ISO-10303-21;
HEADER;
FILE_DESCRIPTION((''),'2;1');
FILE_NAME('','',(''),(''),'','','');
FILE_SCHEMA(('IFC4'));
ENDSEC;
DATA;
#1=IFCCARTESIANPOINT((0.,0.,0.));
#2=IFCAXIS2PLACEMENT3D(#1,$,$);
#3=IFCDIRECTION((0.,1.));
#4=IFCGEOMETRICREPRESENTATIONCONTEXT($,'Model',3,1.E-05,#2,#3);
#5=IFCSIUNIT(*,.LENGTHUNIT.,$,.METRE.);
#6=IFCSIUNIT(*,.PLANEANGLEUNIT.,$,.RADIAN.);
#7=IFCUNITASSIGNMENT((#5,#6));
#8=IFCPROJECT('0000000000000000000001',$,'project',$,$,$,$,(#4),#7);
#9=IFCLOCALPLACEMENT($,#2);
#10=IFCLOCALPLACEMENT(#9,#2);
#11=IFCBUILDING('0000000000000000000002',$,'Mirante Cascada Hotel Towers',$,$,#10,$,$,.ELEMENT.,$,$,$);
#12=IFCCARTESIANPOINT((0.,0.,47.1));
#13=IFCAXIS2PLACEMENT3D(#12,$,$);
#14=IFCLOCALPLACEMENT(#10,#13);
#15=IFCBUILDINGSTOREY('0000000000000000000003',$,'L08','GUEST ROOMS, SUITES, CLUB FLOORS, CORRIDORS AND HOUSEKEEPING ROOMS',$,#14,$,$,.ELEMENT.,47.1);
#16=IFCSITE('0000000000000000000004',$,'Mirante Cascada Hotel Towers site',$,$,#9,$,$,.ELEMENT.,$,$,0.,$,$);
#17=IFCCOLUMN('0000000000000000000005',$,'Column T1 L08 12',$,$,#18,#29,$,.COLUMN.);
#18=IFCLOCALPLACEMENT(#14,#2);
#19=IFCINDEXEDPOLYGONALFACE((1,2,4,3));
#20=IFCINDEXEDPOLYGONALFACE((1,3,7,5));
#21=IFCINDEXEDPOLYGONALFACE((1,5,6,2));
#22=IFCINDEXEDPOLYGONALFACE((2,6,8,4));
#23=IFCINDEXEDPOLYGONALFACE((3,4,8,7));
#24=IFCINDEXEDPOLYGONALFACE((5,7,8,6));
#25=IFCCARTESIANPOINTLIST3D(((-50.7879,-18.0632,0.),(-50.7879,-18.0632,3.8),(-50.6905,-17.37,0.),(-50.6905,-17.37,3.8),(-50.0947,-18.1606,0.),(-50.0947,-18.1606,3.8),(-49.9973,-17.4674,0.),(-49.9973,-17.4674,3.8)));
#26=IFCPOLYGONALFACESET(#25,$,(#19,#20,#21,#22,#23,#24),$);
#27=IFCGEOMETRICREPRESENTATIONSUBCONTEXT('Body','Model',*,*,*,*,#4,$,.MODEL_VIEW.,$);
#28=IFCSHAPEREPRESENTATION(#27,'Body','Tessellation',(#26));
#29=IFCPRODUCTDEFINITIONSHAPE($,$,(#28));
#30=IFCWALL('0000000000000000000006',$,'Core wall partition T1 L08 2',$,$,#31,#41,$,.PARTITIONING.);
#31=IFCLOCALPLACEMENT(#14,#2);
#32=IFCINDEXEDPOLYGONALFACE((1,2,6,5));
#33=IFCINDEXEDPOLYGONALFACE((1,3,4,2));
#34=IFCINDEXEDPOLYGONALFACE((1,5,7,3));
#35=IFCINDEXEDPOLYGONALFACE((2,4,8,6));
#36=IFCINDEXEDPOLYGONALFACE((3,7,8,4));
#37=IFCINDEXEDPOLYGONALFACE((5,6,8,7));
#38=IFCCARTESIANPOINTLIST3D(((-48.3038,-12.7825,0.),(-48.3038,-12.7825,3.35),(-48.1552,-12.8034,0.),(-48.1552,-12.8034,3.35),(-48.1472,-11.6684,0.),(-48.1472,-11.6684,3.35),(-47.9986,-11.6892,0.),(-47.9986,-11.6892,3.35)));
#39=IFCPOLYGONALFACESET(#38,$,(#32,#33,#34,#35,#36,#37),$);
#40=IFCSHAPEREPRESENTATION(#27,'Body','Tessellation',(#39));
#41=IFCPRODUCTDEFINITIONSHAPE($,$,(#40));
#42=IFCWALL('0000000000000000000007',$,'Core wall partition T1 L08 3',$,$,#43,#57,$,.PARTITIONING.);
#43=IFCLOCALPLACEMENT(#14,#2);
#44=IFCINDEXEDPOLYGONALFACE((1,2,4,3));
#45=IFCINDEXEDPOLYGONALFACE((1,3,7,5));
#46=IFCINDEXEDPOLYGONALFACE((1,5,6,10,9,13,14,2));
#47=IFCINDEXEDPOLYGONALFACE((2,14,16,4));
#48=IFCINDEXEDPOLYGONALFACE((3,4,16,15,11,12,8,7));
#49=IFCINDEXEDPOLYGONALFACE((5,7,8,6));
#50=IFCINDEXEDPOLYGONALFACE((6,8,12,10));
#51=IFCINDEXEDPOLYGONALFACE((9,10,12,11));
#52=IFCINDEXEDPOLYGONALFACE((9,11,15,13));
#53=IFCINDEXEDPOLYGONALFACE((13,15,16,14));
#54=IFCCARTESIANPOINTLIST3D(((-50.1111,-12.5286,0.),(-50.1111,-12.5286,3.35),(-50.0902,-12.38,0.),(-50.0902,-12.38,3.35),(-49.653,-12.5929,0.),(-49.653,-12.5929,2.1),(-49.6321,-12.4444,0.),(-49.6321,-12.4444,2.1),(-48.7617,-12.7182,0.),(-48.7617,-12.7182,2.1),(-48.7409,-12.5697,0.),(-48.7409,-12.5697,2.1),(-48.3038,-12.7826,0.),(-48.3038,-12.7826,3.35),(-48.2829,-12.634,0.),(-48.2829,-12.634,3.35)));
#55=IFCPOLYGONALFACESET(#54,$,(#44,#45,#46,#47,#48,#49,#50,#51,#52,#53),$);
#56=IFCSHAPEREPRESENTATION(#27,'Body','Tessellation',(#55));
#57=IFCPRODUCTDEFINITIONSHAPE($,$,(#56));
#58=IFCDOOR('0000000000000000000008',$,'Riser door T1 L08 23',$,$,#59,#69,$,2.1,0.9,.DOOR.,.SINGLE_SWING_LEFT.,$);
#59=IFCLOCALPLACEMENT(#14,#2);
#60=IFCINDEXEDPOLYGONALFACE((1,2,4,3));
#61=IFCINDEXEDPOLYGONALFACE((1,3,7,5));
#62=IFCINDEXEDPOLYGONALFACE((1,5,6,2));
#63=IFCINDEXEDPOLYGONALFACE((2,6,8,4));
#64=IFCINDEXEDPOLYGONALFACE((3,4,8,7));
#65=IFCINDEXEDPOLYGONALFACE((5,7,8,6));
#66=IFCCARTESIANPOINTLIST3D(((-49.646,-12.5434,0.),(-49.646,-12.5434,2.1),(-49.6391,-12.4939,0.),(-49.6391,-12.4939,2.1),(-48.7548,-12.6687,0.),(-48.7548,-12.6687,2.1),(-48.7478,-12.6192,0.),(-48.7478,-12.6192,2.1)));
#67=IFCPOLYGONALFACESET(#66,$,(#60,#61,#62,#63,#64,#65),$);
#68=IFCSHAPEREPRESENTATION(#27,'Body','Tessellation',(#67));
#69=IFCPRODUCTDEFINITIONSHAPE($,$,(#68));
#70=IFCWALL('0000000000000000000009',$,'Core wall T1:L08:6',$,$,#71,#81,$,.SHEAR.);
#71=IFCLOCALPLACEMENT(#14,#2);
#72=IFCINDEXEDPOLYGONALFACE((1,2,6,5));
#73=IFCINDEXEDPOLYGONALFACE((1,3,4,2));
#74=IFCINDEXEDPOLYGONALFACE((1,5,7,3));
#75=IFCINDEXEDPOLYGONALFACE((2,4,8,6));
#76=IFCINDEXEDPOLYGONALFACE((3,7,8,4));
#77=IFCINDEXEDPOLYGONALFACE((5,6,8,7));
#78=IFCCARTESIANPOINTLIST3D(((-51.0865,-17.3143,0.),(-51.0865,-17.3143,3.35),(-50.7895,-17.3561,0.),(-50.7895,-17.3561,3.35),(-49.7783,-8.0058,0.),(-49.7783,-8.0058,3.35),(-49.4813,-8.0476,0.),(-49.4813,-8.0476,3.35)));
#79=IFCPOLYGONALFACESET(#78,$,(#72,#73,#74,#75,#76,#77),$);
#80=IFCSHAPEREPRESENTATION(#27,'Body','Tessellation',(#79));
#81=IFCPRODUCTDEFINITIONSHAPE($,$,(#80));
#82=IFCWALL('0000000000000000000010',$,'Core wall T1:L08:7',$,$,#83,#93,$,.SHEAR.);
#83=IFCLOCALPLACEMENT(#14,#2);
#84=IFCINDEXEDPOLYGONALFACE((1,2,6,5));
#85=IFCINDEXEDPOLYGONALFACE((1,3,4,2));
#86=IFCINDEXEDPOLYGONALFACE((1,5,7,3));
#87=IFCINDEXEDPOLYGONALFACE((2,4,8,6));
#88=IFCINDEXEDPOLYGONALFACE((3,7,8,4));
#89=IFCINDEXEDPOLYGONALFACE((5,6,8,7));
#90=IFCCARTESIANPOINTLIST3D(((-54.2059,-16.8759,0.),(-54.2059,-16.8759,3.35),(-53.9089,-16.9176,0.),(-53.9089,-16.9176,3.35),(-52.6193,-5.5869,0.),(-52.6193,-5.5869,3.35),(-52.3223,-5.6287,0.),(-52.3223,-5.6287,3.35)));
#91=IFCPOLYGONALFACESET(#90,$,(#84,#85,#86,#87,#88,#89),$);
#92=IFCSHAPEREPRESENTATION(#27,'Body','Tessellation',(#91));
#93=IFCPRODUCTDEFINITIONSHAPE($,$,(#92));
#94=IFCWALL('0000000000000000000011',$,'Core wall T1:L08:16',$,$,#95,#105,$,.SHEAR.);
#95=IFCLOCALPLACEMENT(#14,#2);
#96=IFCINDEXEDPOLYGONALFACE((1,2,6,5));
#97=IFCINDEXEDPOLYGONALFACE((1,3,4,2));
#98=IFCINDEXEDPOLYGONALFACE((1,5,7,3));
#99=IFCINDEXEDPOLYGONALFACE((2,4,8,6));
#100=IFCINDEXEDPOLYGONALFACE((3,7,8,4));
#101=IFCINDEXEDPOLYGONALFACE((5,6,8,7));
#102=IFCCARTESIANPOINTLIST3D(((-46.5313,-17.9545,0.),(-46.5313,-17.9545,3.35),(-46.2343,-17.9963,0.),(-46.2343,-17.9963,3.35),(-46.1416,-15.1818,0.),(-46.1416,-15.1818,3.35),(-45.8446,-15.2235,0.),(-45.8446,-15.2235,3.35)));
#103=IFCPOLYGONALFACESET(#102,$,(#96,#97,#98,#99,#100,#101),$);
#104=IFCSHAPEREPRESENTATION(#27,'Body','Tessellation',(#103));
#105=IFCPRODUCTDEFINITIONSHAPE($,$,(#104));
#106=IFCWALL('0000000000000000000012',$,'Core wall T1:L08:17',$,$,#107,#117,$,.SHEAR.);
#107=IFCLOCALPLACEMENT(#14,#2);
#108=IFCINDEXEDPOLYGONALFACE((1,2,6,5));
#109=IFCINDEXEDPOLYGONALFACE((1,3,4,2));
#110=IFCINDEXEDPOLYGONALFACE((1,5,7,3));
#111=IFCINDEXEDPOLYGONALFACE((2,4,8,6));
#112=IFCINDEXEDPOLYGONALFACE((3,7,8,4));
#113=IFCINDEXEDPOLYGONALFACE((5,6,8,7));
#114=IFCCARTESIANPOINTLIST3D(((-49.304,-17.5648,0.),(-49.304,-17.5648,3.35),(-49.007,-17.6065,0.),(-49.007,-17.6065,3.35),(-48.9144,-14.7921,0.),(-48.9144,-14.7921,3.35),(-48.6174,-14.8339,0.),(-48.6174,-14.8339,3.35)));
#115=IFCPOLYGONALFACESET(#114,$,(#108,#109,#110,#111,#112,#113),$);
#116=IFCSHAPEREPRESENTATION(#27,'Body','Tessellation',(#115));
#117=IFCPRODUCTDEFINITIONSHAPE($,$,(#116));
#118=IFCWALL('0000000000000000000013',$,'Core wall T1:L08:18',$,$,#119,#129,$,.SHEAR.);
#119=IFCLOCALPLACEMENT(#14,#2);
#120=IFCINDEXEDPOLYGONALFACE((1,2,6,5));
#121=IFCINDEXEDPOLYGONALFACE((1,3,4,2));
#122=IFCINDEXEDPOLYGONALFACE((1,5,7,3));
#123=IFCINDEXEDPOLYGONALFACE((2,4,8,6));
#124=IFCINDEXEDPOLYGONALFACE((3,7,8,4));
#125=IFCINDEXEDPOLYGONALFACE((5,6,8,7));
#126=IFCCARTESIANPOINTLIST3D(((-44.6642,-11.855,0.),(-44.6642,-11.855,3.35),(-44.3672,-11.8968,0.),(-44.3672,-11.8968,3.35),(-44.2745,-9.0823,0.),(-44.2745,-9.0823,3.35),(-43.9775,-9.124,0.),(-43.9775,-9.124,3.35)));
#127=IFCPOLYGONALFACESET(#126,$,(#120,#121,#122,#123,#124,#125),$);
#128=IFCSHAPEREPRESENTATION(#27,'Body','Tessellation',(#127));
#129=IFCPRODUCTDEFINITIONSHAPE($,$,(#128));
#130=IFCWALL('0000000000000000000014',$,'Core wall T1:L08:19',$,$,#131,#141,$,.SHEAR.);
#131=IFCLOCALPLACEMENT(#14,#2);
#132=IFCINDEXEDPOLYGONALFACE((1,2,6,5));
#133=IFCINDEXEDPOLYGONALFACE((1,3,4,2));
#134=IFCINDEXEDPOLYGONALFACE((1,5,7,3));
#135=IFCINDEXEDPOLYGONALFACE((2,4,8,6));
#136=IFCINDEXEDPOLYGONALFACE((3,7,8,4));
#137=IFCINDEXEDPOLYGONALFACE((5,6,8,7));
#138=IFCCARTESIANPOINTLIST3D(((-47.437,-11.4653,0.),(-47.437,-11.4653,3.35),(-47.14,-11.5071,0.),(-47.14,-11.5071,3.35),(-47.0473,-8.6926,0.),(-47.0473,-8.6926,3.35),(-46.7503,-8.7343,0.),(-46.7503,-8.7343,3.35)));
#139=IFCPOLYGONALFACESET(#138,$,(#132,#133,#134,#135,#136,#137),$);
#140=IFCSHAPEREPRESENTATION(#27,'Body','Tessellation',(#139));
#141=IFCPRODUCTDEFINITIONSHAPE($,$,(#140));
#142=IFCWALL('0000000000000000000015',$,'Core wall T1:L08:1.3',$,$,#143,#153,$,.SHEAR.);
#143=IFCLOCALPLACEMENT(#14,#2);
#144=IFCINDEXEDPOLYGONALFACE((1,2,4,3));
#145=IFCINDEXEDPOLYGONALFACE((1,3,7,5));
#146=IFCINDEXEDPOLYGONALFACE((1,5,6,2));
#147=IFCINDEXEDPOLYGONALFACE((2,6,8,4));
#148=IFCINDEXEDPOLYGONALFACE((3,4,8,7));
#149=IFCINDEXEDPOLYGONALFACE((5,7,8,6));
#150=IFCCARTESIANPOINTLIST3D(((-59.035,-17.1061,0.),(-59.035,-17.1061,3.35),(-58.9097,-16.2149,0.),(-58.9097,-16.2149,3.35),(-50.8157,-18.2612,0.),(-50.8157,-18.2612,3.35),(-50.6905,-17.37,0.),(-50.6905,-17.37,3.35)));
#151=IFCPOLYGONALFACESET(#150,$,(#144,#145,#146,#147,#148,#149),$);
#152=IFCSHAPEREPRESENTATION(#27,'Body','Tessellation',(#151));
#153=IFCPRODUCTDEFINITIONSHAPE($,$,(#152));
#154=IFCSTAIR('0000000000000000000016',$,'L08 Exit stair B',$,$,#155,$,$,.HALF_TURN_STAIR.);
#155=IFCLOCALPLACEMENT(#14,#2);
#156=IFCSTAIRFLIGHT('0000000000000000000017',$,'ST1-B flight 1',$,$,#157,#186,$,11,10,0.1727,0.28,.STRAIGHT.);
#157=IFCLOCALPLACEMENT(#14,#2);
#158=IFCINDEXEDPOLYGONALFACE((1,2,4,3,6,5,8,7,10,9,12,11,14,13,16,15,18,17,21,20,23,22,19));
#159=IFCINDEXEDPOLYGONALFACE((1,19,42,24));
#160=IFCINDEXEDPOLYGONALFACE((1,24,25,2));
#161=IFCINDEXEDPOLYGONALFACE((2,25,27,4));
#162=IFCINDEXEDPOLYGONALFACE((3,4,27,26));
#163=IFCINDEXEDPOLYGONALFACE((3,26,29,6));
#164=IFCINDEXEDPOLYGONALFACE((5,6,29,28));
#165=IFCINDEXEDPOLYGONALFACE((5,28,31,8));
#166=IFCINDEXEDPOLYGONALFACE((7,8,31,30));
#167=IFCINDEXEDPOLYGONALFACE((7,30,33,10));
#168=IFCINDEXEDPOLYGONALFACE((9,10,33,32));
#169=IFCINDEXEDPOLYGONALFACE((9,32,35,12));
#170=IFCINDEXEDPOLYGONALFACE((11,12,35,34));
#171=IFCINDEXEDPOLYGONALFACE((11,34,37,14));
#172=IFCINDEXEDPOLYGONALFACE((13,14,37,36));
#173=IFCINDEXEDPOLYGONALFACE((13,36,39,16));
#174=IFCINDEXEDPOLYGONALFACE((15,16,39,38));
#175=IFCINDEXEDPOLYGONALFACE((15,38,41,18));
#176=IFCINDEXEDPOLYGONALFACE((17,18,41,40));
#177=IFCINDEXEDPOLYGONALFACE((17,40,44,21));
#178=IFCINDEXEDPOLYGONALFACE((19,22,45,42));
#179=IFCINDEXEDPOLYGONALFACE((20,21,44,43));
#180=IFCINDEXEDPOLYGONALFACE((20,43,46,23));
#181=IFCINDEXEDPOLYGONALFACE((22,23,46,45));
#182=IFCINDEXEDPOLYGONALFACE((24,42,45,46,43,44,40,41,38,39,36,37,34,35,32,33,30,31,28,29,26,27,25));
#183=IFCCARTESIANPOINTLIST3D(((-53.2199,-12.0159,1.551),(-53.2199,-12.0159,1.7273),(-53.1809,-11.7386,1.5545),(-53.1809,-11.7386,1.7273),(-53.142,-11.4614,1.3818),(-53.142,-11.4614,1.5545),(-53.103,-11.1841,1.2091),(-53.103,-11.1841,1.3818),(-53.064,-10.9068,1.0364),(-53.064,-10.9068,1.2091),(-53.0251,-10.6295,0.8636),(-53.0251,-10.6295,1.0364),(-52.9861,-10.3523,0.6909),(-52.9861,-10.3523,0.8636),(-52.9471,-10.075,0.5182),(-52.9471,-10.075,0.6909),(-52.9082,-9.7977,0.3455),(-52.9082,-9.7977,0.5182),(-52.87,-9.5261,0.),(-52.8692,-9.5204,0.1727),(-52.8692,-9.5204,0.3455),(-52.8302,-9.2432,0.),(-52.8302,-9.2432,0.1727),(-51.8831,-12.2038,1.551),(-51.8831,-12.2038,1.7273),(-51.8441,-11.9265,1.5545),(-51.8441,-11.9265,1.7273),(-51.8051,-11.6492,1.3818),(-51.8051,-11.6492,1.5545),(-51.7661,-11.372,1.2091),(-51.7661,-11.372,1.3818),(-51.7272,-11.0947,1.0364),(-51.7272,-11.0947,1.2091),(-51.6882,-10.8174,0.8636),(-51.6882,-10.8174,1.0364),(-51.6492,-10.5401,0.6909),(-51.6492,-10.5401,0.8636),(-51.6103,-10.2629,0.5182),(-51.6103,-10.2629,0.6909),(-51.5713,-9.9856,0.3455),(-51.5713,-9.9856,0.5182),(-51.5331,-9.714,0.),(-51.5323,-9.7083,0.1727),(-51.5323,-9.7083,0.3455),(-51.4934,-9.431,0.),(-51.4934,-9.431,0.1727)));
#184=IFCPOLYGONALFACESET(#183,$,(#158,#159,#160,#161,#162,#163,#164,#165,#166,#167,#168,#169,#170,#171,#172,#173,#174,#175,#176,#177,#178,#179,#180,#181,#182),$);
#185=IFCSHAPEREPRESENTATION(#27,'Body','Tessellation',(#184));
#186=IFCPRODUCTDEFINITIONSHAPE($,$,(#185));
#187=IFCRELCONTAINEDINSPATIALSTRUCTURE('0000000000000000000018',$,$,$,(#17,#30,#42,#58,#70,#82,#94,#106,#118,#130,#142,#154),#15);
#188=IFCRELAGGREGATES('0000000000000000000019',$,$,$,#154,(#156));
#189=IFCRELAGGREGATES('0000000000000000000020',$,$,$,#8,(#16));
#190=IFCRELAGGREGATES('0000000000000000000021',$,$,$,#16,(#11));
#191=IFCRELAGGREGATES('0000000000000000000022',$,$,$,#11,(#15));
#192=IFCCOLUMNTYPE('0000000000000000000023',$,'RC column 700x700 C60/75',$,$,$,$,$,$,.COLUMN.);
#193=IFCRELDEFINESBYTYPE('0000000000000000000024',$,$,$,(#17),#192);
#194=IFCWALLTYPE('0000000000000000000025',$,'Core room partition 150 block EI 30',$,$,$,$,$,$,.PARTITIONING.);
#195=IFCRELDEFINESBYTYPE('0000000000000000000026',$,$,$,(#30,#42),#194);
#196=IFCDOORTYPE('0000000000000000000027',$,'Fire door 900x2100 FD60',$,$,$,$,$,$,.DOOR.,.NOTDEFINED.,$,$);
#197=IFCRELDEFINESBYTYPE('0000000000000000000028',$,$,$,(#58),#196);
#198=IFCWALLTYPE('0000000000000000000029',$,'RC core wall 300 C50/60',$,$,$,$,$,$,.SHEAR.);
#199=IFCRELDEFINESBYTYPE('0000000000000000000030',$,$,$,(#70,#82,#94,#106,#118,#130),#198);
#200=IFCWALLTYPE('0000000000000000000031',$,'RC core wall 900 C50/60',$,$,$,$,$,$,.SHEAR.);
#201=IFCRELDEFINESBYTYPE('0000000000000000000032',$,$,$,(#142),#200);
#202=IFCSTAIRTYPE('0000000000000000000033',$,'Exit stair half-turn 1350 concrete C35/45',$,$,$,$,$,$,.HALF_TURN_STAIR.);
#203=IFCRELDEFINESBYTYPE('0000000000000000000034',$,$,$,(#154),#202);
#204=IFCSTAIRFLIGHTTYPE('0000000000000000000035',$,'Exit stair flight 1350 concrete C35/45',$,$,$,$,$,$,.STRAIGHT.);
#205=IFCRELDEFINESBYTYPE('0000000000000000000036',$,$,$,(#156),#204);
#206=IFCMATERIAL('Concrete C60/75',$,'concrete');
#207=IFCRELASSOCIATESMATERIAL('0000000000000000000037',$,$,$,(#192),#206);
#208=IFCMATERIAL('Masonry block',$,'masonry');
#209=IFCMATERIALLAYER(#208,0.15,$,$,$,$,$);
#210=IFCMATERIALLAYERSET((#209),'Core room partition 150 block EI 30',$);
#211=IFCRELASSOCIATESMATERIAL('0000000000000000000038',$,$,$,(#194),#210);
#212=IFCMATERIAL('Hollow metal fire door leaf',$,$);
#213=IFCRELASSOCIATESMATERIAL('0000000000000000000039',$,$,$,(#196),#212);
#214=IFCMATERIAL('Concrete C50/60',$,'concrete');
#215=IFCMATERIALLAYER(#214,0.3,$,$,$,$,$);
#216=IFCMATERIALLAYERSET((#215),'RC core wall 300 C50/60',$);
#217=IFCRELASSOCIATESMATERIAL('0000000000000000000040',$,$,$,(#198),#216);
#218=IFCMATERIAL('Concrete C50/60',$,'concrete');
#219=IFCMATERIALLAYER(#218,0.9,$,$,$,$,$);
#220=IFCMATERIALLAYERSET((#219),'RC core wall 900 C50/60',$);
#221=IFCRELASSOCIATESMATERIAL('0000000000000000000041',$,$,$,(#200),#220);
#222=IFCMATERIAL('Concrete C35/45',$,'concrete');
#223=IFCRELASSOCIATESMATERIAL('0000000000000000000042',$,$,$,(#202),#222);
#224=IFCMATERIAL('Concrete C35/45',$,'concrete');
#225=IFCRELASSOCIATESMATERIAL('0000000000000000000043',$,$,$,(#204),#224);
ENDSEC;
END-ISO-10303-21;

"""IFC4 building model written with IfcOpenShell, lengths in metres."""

from ifc_helpers import new_model, si_unit, direction, frame, frame_2d, origin, origin_2d, place, context, subcontext, project, spatial, polyline, rectangle, outline, extrude, material, layer, layer_set, material_profile, profile_set, type_object, element, fill, aggregate, save


model = new_model("IFC4")

# Units and contexts
model_context = context("Model", 3, precision=1e-05, world=origin(), true_north=direction((0.0, 1.0)))
body_context = subcontext(model_context, "Body", "Model", "MODEL_VIEW")
ifc_project = project(units=[si_unit("LENGTHUNIT", "METRE"), si_unit("PLANEANGLEUNIT", "RADIAN")], contexts=[model_context])

# Site, building, storey
site_placement = place(None, origin())
site = spatial("IfcSite", under=ifc_project, at=site_placement, Name="Mirante Cascada Hotel Towers site", CompositionType="ELEMENT", RefElevation=0.0)
building_placement = place(site_placement, origin())
building = spatial("IfcBuilding", under=site, at=building_placement, Name="Mirante Cascada Hotel Towers", CompositionType="ELEMENT")
storey_placement = place(building_placement, frame((0.0, 0.0, 47.1)))
storey = spatial("IfcBuildingStorey", under=building, at=storey_placement, Name="L08", Description="GUEST ROOMS, SUITES, CLUB FLOORS, CORRIDORS AND HOUSEKEEPING ROOMS", CompositionType="ELEMENT", Elevation=47.1)

# Column
ifc_material_1 = material(Name="Concrete C60/75", Category="concrete")
ifc_material_profile = material_profile(ifc_material_1, rectangle(XDim=0.7, YDim=0.7, at=origin_2d()), Name="RC column 700x700 C60/75")
ifc_profile_set = profile_set([ifc_material_profile], Name="Concrete C60/75")
column_type = type_object("IfcColumnType", Name="RC column 700x700 C60/75", PredefinedType="COLUMN", material=ifc_profile_set)
column_placement = place(storey_placement, frame((-50.3926, -17.7653, 0.0), z_axis=(0.0, 0.0, 1.0), x_axis=(-0.990268, 0.139173, 0.0)))
element("IfcColumn", 1, at=column_placement, inside=storey, type_object=column_type, Name="Column T1 L08 12", PredefinedType="COLUMN", context=body_context, shape_type="SweptSolid", body=[
    extrude(rectangle(XDim=0.7, YDim=0.7, at=origin_2d()), origin(), (0.0, 0.0, 1.0), 3.8),
])

# Wall
ifc_material_2 = material(Name="Masonry block", Category="masonry")
ifc_layer_1 = layer(ifc_material_2, 0.15)
ifc_layer_set_1 = layer_set([ifc_layer_1], Name="Core room partition 150 block EI 30")
wall_type_1 = type_object("IfcWallType", Name="Core room partition 150 block EI 30", PredefinedType="PARTITIONING", material=ifc_layer_set_1)
wall_1_placement = place(storey_placement, frame((-48.2295, -12.793, 0.0), z_axis=(0.0, 0.0, 1.0), x_axis=(0.139193, 0.990265, 0.0)))
element("IfcWall", 2, at=wall_1_placement, inside=storey, type_object=wall_type_1, Name="Core wall partition T1 L08 2", PredefinedType="PARTITIONING", context=body_context, shape_type="SweptSolid", body=[
    extrude(rectangle(XDim=1.1251, YDim=0.15, at=frame_2d((0.5626, 0.0))), origin(), (0.0, 0.0, 1.0), 3.35),
])

# Wall, opening, door
wall_2_placement = place(storey_placement, frame((-48.2933, -12.7083, 0.0), z_axis=(0.0, 0.0, 1.0), x_axis=(-0.990268, 0.139173, 0.0)))
wall_2 = element("IfcWall", 3, at=wall_2_placement, inside=storey, type_object=wall_type_1, Name="Core wall partition T1 L08 3", PredefinedType="PARTITIONING", context=body_context, shape_type="SweptSolid", body=[
    extrude(rectangle(XDim=1.8251, YDim=0.15, at=frame_2d((0.9126, 0.0))), origin(), (0.0, 0.0, 1.0), 3.35),
])
opening_1_placement = place(wall_2_placement, frame((0.4625, 0.0, 0.0)))
opening_1 = element("IfcOpeningElement", 4, at=opening_1_placement, cuts=wall_2, PredefinedType="OPENING", context=body_context, shape_type="SweptSolid", body=[
    extrude(rectangle(XDim=0.9, YDim=2.1, at=frame_2d((0.45, 1.05))), frame((0.0, 0.075, 0.0), z_axis=(0.0, -1.0, 0.0), x_axis=(1.0, 0.0, 0.0)), (0.0, 0.0, 1.0), 0.15),
])
ifc_material_3 = material(Name="Hollow metal fire door leaf")
door_type_1 = type_object("IfcDoorType", Name="Fire door 900x2100 FD60", OperationType="NOTDEFINED", PredefinedType="DOOR", material=ifc_material_3)
door_1_placement = place(opening_1_placement, origin())
door_1 = element("IfcDoor", 5, at=door_1_placement, inside=storey, type_object=door_type_1, Name="Riser door T1 L08 23", OperationType="SINGLE_SWING_LEFT", OverallHeight=2.1, OverallWidth=0.9, PredefinedType="DOOR", context=body_context, shape_type="SweptSolid", body=[
    extrude(rectangle(XDim=0.9, YDim=2.1, at=frame_2d((0.45, 1.05))), frame((0.0, 0.025, 0.0), z_axis=(0.0, -1.0, 0.0), x_axis=(1.0, 0.0, 0.0)), (0.0, 0.0, 1.0), 0.05),
])
fill(opening_1, door_1)

# Walls
ifc_material_4 = material(Name="Concrete C50/60", Category="concrete")
ifc_layer_2 = layer(ifc_material_4, 0.3)
ifc_layer_set_2 = layer_set([ifc_layer_2], Name="RC core wall 300 C50/60")
wall_type_2 = type_object("IfcWallType", Name="RC core wall 300 C50/60", PredefinedType="SHEAR", material=ifc_layer_set_2)
wall_3_placement = place(storey_placement, frame((-50.938, -17.3352, 0.0), z_axis=(0.0, 0.0, 1.0), x_axis=(0.139171, 0.990268, 0.0)))
element("IfcWall", 6, at=wall_3_placement, inside=storey, type_object=wall_type_2, Name="Core wall T1:L08:6", PredefinedType="SHEAR", context=body_context, shape_type="SweptSolid", body=[
    extrude(rectangle(XDim=9.4, YDim=0.3, at=frame_2d((4.7, 0.0))), origin(), (0.0, 0.0, 1.0), 3.35),
])
wall_4_placement = place(storey_placement, frame((-54.0574, -16.8968, 0.0), z_axis=(0.0, 0.0, 1.0), x_axis=(0.139176, 0.990268, 0.0)))
element("IfcWall", 7, at=wall_4_placement, inside=storey, type_object=wall_type_2, Name="Core wall T1:L08:7", PredefinedType="SHEAR", context=body_context, shape_type="SweptSolid", body=[
    extrude(rectangle(XDim=11.3999, YDim=0.3, at=frame_2d((5.7, 0.0))), origin(), (0.0, 0.0, 1.0), 3.35),
])
wall_5_placement = place(storey_placement, frame((-46.3828, -17.9754, 0.0), z_axis=(0.0, 0.0, 1.0), x_axis=(0.139181, 0.990267, 0.0)))
element("IfcWall", 8, at=wall_5_placement, inside=storey, type_object=wall_type_2, Name="Core wall T1:L08:16", PredefinedType="SHEAR", context=body_context, shape_type="SweptSolid", body=[
    extrude(rectangle(XDim=2.8, YDim=0.3, at=frame_2d((1.4, 0.0))), origin(), (0.0, 0.0, 1.0), 3.35),
])
wall_6_placement = place(storey_placement, frame((-49.1555, -17.5857, 0.0), z_axis=(0.0, 0.0, 1.0), x_axis=(0.139146, 0.990272, 0.0)))
element("IfcWall", 9, at=wall_6_placement, inside=storey, type_object=wall_type_2, Name="Core wall T1:L08:17", PredefinedType="SHEAR", context=body_context, shape_type="SweptSolid", body=[
    extrude(rectangle(XDim=2.7999, YDim=0.3, at=frame_2d((1.4, 0.0))), origin(), (0.0, 0.0, 1.0), 3.35),
])
for number, where, z_axis, x_axis, name in (
    (10, (-44.5157, -11.8759, 0.0), (0.0, 0.0, 1.0), (0.139181, 0.990267, 0.0), "Core wall T1:L08:18"),
    (11, (-47.2885, -11.4862, 0.0), (0.0, 0.0, 1.0), (0.139181, 0.990267, 0.0), "Core wall T1:L08:19"),
):
    element("IfcWall", number, at=place(storey_placement, frame(where, z_axis=z_axis, x_axis=x_axis)), inside=storey, type_object=wall_type_2, Name=name, PredefinedType="SHEAR", context=body_context, shape_type="SweptSolid", body=[
        extrude(rectangle(XDim=2.8, YDim=0.3, at=frame_2d((1.4, 0.0))), origin(), (0.0, 0.0, 1.0), 3.35),
    ])

# Wall
ifc_material_5 = material(Name="Concrete C50/60", Category="concrete")
ifc_layer_3 = layer(ifc_material_5, 0.9)
ifc_layer_set_3 = layer_set([ifc_layer_3], Name="RC core wall 900 C50/60")
wall_type_3 = type_object("IfcWallType", Name="RC core wall 900 C50/60", PredefinedType="SHEAR", material=ifc_layer_set_3)
wall_7_placement = place(storey_placement, frame((-50.7531, -17.8156, 0.0), z_axis=(0.0, 0.0, 1.0), x_axis=(-0.990269, 0.139169, 0.0)))
element("IfcWall", 12, at=wall_7_placement, inside=storey, type_object=wall_type_3, Name="Core wall T1:L08:1.3", PredefinedType="SHEAR", context=body_context, shape_type="SweptSolid", body=[
    extrude(rectangle(XDim=8.3, YDim=0.9, at=frame_2d((4.15, 0.0))), origin(), (0.0, 0.0, 1.0), 3.35),
])

# Stair, stair flight
ifc_material_6 = material(Name="Concrete C35/45", Category="concrete")
stair_type = type_object("IfcStairType", Name="Exit stair half-turn 1350 concrete C35/45", PredefinedType="HALF_TURN_STAIR", material=ifc_material_6)
stair_placement = place(storey_placement, origin())
stair = element("IfcStair", 13, at=stair_placement, inside=storey, type_object=stair_type, Name="L08 Exit stair B", PredefinedType="HALF_TURN_STAIR")
ifc_material_7 = material(Name="Concrete C35/45", Category="concrete")
stair_flight_type = type_object("IfcStairFlightType", Name="Exit stair flight 1350 concrete C35/45", PredefinedType="STRAIGHT", material=ifc_material_7)
stair_flight_1_placement = place(storey_placement, frame((-52.1618, -9.3371, 0.0), z_axis=(0.0, 0.0, 1.0), x_axis=(-0.139173, -0.990268, 0.0)))
stair_flight_1 = element("IfcStairFlight", 14, at=stair_flight_1_placement, type_object=stair_flight_type, Name="ST1-B flight 1", NumberOfRisers=11, NumberOfTreads=10, PredefinedType="STRAIGHT", RiserHeight=0.1727, TreadLength=0.28, context=body_context, shape_type="SweptSolid", body=[
    extrude(outline(polyline([(0.0, 0.0), (0.0, 0.1727), (0.28, 0.1727), (0.28, 0.3455), (0.56, 0.3455), (0.56, 0.5182), (0.84, 0.5182), (0.84, 0.6909), (1.12, 0.6909), (1.12, 0.8636), (1.4, 0.8636), (1.4, 1.0364), (1.68, 1.0364), (1.68, 1.2091), (1.96, 1.2091), (1.96, 1.3818), (2.24, 1.3818), (2.24, 1.5545), (2.52, 1.5545), (2.52, 1.7273), (2.8, 1.7273), (2.8, 1.9), (2.8, 1.551), (0.2857, 0.0), (0.0, 0.0)])), frame((0.0, 0.675, 0.0), z_axis=(0.0, -1.0, 0.0), x_axis=(1.0, 0.0, 0.0)), (0.0, 0.0, 1.0), 1.35),
])
aggregate(stair, [stair_flight_1])

save(model, "model.ifc")
